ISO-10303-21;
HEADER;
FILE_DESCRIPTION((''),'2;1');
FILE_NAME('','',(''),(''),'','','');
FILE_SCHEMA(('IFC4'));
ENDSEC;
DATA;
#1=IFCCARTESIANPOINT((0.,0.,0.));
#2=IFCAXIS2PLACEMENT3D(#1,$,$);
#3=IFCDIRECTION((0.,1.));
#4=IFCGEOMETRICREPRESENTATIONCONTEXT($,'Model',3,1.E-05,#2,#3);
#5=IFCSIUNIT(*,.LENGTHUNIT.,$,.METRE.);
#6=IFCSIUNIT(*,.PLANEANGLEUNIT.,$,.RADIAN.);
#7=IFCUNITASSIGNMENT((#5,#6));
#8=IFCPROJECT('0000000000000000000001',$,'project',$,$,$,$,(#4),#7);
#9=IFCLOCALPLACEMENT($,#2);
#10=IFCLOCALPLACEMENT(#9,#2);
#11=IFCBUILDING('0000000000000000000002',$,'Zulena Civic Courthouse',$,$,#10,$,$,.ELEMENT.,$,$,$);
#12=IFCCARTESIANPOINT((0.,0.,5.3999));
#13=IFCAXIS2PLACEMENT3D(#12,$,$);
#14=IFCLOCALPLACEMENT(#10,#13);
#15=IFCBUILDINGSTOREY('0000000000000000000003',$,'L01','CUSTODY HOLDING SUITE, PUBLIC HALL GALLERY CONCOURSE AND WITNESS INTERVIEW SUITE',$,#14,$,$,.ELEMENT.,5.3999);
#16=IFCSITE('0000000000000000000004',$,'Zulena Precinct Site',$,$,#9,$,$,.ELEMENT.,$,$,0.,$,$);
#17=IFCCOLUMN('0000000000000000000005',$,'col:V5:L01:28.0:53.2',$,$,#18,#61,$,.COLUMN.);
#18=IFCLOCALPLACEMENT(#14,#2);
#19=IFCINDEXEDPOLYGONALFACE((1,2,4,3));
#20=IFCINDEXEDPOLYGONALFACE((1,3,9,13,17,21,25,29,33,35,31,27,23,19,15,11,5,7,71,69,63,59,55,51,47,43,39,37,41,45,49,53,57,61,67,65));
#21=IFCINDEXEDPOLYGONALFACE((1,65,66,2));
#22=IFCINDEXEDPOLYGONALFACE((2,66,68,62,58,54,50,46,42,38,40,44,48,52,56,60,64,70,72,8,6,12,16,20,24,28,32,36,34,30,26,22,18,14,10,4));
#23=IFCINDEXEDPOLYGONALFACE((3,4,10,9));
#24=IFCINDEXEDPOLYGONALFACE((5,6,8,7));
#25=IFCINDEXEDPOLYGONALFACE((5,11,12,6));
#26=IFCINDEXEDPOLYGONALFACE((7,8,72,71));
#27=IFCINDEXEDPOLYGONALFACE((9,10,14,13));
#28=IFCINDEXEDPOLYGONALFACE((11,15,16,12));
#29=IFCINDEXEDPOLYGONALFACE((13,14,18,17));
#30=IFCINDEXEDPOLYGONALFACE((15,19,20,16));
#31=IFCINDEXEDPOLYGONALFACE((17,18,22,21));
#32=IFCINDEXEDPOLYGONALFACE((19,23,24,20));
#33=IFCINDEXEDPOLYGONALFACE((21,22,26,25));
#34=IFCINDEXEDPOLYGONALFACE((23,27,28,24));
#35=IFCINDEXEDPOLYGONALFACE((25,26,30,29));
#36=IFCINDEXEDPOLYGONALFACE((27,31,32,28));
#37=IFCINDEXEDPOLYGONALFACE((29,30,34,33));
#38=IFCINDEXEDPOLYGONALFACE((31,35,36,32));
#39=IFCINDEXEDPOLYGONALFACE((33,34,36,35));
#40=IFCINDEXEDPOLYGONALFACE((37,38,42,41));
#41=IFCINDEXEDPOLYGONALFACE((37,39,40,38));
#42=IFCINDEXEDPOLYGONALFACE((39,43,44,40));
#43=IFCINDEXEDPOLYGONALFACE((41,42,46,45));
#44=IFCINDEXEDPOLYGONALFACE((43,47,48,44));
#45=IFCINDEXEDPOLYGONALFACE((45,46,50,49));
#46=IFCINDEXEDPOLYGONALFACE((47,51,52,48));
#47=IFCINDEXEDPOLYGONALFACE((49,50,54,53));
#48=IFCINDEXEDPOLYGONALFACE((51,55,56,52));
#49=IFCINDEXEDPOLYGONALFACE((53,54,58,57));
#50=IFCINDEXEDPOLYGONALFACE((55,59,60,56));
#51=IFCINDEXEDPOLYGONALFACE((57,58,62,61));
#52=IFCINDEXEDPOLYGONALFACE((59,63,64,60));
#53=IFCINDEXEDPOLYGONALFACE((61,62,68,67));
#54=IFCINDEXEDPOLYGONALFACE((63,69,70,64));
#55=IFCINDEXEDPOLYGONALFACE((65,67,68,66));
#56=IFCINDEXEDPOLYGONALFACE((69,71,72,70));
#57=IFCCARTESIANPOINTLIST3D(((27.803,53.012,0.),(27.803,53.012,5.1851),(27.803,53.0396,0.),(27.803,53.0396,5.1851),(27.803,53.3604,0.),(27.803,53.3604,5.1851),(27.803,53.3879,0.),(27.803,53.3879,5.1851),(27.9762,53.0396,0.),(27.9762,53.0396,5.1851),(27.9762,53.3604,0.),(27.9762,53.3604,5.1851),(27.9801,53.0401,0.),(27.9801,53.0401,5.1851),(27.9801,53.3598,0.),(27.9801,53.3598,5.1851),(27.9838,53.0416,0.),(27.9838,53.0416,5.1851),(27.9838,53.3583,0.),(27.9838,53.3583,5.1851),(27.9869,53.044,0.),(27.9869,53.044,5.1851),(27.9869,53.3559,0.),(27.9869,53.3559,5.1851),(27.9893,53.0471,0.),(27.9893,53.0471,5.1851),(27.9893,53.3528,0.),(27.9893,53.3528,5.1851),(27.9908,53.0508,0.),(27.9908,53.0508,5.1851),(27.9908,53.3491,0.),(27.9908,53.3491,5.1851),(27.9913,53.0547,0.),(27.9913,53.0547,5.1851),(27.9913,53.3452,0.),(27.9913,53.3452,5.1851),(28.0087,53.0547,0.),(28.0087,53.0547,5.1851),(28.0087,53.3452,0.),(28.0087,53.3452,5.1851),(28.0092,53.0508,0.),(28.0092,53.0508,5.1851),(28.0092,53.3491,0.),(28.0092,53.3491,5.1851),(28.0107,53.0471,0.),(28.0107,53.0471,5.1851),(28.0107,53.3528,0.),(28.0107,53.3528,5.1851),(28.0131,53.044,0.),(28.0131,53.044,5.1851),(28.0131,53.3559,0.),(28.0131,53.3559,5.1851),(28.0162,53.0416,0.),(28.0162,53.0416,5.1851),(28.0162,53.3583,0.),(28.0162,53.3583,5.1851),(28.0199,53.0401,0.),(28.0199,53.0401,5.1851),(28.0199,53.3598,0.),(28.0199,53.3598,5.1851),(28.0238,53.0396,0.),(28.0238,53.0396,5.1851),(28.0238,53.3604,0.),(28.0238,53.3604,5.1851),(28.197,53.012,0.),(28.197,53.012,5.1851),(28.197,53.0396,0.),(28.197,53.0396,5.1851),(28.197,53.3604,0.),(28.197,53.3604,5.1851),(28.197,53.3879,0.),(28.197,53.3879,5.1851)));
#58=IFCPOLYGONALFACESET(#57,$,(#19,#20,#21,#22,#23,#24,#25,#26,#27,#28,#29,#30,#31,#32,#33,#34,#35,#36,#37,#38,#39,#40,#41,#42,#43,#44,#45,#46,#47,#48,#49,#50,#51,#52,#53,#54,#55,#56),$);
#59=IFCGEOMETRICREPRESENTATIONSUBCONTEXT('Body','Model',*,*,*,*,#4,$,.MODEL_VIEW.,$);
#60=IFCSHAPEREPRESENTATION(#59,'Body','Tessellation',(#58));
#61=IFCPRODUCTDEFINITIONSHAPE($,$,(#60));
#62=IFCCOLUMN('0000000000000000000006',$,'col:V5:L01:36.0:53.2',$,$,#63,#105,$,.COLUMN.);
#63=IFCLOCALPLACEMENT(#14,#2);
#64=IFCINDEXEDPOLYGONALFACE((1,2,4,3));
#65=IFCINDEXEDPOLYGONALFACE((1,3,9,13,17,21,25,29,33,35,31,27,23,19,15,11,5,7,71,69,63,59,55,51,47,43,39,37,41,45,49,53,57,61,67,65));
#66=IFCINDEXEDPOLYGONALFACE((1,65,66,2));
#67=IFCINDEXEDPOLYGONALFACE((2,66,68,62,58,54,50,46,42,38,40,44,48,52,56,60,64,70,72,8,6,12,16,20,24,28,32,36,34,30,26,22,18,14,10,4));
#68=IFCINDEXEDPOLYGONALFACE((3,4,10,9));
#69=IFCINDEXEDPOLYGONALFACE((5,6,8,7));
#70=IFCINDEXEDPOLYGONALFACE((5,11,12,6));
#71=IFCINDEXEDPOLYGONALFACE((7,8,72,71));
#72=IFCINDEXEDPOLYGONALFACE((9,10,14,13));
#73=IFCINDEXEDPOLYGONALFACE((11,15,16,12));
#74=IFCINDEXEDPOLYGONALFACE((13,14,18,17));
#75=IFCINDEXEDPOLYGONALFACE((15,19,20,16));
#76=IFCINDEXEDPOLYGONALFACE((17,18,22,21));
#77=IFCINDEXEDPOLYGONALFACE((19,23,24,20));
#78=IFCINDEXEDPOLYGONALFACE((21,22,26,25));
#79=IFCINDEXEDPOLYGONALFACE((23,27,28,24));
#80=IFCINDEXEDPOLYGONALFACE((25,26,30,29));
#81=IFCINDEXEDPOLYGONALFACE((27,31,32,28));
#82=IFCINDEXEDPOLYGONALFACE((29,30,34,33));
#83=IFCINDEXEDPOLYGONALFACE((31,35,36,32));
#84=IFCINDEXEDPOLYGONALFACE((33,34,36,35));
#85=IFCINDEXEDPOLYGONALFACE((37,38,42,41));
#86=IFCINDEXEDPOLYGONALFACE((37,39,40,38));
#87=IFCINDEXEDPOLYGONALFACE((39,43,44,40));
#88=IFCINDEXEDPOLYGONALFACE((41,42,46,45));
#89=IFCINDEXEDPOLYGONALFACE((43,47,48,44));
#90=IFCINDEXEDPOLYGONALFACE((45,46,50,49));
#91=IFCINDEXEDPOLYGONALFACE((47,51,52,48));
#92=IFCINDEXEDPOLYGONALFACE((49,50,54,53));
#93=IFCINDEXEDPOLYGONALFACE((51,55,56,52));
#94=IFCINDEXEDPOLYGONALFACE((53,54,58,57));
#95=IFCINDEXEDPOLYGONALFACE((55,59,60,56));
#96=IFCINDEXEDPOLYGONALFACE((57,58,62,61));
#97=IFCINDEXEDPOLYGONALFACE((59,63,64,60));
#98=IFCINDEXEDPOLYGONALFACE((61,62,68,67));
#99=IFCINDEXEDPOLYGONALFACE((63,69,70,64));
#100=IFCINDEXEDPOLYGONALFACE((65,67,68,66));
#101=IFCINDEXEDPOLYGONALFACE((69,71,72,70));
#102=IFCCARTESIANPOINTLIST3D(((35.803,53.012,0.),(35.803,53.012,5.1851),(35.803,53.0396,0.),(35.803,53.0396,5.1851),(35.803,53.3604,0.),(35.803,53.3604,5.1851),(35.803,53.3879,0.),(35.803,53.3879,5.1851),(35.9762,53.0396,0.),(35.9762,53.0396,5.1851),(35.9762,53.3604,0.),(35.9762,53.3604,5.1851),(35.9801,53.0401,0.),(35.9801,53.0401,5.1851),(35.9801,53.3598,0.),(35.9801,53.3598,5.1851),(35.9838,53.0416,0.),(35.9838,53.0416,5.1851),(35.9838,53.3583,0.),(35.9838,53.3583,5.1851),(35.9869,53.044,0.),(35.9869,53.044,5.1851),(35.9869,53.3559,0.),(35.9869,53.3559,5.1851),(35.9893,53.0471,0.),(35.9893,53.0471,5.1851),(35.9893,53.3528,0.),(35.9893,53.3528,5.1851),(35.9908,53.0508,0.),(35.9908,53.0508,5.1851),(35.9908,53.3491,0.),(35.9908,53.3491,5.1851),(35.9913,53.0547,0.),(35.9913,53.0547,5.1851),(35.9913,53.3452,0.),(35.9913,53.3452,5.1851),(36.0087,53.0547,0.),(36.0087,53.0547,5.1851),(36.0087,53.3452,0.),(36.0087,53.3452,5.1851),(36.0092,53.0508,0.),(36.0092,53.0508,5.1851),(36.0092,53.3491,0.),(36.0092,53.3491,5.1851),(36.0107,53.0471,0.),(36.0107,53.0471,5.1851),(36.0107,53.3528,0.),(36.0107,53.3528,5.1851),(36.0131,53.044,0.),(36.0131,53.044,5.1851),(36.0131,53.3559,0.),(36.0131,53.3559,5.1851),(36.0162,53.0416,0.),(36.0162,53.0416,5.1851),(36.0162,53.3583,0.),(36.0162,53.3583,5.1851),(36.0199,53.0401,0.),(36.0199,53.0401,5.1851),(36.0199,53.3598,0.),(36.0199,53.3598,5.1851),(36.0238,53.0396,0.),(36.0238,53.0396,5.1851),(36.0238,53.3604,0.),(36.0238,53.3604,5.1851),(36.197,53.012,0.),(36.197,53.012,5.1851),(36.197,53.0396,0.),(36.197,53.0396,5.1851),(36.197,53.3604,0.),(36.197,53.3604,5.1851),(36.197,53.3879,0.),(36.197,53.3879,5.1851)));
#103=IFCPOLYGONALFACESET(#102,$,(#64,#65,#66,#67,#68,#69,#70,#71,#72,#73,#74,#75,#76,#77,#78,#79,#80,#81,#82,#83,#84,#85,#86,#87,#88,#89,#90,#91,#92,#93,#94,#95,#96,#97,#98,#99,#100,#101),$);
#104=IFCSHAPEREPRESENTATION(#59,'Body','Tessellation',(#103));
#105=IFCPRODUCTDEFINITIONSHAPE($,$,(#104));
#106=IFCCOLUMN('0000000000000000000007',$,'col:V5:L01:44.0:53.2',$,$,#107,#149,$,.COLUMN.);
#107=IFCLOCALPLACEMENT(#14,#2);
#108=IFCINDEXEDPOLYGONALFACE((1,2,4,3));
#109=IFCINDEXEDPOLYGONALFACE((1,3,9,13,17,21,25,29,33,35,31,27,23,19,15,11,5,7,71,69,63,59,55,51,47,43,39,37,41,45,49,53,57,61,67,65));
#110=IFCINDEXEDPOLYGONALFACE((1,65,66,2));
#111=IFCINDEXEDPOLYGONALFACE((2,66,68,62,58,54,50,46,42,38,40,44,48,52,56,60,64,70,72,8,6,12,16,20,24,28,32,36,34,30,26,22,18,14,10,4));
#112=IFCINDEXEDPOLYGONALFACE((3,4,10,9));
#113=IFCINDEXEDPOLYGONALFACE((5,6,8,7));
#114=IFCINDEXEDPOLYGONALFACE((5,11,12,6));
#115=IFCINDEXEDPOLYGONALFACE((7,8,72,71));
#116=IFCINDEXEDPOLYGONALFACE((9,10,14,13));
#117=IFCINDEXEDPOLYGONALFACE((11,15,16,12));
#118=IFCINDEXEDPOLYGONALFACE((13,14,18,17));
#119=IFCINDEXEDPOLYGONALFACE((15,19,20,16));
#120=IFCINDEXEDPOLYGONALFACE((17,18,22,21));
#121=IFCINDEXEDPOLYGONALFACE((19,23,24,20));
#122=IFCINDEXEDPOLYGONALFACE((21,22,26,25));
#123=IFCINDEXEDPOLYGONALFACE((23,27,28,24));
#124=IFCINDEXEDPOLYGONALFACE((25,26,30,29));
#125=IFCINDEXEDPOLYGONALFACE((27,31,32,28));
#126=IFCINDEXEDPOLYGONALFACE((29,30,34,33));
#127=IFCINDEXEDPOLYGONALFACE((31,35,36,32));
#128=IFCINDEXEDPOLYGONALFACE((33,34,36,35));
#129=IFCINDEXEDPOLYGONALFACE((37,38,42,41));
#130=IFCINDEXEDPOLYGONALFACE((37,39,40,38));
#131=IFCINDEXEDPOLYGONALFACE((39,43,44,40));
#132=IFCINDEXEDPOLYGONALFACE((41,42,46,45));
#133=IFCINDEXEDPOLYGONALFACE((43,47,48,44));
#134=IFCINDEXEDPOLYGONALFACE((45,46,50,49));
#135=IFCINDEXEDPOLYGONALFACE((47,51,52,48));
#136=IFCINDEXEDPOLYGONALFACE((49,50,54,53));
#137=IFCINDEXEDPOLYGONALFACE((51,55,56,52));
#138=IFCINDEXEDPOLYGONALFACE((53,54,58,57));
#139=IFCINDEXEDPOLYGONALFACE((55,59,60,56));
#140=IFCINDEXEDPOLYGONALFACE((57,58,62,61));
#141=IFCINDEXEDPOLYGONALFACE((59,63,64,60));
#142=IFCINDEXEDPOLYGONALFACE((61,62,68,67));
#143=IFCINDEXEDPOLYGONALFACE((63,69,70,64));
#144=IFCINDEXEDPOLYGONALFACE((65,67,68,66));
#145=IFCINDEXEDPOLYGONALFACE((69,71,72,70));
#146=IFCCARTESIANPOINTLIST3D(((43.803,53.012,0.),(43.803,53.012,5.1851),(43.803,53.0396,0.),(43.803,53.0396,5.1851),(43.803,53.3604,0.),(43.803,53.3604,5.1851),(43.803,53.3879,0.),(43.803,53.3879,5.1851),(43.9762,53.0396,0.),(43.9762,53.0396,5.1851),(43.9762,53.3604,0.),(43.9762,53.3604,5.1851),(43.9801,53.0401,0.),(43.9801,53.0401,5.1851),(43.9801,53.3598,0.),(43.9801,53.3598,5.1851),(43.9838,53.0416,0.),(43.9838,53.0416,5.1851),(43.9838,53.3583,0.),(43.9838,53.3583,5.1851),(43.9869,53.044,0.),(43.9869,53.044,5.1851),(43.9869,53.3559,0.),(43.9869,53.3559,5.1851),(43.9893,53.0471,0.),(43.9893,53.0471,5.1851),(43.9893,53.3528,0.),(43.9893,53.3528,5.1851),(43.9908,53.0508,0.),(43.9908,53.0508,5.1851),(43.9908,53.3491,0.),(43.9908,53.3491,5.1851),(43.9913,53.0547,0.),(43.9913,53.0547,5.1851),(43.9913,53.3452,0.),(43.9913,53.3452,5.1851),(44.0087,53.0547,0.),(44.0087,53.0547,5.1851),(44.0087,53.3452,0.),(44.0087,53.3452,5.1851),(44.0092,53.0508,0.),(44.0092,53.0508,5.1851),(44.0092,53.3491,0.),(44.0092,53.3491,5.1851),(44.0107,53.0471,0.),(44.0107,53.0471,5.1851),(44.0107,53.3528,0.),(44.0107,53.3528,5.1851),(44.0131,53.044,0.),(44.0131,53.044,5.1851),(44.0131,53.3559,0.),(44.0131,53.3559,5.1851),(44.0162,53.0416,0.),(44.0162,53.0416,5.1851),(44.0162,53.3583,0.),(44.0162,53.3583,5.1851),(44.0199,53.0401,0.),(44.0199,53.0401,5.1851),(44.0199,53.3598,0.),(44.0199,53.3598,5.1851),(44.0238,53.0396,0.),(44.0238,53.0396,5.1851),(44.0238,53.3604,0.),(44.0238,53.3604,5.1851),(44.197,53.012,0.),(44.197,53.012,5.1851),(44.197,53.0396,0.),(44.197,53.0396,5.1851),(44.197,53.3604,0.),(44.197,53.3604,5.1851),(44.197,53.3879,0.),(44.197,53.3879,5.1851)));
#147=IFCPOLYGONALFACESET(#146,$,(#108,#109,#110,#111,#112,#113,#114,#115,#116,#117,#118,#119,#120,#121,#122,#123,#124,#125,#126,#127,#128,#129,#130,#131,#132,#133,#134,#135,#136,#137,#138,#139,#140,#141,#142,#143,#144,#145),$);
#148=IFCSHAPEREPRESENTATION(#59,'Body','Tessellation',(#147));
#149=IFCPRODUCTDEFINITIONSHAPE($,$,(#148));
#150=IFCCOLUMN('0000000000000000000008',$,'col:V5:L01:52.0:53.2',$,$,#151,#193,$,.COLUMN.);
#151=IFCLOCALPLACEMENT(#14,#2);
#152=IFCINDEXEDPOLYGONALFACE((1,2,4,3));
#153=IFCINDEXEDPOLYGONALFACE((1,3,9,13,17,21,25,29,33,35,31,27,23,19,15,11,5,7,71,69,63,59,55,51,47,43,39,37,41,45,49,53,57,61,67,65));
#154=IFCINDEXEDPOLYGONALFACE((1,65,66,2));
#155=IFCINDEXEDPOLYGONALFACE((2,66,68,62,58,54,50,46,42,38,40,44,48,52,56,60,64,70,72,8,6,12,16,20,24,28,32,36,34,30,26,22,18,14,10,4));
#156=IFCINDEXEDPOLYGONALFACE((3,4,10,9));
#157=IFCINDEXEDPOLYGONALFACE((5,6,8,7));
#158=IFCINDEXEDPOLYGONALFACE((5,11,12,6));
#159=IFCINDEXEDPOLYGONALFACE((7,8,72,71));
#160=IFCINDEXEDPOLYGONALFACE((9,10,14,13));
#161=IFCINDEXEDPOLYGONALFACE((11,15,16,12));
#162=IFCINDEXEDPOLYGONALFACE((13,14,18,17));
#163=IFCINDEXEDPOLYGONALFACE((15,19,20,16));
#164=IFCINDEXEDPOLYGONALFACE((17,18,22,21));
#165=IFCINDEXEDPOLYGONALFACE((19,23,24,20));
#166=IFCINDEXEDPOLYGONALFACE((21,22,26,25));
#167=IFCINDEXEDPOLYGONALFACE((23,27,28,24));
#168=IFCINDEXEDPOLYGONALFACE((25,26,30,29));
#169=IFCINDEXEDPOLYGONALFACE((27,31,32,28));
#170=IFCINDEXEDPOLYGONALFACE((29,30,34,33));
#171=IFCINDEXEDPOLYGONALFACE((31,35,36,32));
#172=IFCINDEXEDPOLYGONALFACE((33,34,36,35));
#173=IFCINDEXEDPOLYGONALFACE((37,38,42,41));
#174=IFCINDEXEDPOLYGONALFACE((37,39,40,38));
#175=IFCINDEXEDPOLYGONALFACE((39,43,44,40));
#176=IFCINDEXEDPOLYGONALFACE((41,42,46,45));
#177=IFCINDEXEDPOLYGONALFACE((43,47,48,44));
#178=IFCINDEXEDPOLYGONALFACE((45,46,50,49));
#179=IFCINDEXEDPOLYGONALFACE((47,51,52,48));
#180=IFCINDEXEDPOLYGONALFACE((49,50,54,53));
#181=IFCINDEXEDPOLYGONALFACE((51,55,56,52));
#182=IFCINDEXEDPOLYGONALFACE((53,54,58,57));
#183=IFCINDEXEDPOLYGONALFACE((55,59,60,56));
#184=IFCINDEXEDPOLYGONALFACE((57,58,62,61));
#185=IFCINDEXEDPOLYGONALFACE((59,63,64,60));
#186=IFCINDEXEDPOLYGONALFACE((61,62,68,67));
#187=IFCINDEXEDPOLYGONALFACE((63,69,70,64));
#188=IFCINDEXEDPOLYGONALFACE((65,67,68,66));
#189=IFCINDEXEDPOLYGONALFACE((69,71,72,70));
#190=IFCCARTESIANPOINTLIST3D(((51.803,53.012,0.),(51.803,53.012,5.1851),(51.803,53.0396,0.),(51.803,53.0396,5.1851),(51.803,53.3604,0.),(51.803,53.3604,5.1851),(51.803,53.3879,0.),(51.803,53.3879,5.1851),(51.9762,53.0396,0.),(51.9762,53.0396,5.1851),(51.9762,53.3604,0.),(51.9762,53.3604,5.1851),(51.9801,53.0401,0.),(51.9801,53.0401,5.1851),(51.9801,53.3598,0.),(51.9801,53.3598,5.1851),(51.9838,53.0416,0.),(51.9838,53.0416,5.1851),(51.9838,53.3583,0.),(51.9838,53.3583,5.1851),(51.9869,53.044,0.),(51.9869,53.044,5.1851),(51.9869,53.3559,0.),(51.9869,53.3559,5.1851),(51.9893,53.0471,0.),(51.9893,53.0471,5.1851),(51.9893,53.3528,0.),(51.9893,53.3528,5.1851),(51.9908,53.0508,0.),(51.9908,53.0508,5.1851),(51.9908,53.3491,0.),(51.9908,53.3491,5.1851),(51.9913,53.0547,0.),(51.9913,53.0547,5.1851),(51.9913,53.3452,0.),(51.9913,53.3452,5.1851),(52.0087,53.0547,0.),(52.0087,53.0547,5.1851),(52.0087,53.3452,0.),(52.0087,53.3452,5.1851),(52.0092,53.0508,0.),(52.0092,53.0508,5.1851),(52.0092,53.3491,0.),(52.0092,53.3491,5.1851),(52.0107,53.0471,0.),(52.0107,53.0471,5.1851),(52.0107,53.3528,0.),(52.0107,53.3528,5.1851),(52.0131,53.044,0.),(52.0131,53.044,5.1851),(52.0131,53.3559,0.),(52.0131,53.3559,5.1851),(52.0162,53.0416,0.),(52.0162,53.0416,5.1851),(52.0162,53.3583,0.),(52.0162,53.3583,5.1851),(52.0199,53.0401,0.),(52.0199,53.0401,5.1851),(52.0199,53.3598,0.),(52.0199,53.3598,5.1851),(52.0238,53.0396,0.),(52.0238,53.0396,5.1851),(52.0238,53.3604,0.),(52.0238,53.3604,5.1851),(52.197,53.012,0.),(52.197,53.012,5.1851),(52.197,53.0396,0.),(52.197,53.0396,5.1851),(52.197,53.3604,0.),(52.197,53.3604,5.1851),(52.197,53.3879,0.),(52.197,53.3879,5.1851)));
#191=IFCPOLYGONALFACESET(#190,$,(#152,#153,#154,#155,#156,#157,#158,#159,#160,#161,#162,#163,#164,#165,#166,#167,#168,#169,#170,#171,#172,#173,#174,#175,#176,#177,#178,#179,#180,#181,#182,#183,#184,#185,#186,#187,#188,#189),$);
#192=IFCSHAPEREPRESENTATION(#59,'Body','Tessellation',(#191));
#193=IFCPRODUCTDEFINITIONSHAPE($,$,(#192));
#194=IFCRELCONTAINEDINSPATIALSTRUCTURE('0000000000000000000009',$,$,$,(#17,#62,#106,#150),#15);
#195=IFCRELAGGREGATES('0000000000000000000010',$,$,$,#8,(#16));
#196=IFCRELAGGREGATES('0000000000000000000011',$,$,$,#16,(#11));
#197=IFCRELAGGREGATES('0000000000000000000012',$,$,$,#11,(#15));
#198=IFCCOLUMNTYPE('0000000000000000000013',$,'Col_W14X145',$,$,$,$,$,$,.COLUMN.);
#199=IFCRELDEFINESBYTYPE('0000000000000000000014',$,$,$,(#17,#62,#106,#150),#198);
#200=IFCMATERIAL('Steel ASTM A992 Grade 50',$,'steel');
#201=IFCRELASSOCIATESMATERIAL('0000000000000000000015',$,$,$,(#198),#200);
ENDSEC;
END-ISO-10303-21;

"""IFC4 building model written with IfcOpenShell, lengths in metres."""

from ifc_helpers import new_model, si_unit, direction, frame, origin, origin_2d, place, context, subcontext, project, spatial, i_section, extrude, material, material_profile, profile_set, type_object, element, save


model = new_model("IFC4")

# Units and contexts
model_context = context("Model", 3, precision=1e-05, world=origin(), true_north=direction((0.0, 1.0)))
body_context = subcontext(model_context, "Body", "Model", "MODEL_VIEW")
ifc_project = project(units=[si_unit("LENGTHUNIT", "METRE"), si_unit("PLANEANGLEUNIT", "RADIAN")], contexts=[model_context])

# Site, building, storey
site_placement = place(None, origin())
site = spatial("IfcSite", under=ifc_project, at=site_placement, Name="Zulena Precinct Site", CompositionType="ELEMENT", RefElevation=0.0)
building_placement = place(site_placement, origin())
building = spatial("IfcBuilding", under=site, at=building_placement, Name="Zulena Civic Courthouse", CompositionType="ELEMENT")
storey_placement = place(building_placement, frame((0.0, 0.0, 5.3999)))
storey = spatial("IfcBuildingStorey", under=building, at=storey_placement, Name="L01", Description="CUSTODY HOLDING SUITE, PUBLIC HALL GALLERY CONCOURSE AND WITNESS INTERVIEW SUITE", CompositionType="ELEMENT", Elevation=5.3999)

# Columns
ifc_material_1 = material(Name="Steel ASTM A992 Grade 50", Category="steel")
ifc_material_profile_1 = material_profile(ifc_material_1, i_section(OverallWidth=0.394, OverallDepth=0.376, WebThickness=0.0173, FlangeThickness=0.0276, FilletRadius=0.0151, at=origin_2d()), Name="W14X145")
ifc_profile_set_1 = profile_set([ifc_material_profile_1], Name="Steel ASTM A992 Grade 50")
column_type = type_object("IfcColumnType", Name="Col_W14X145", PredefinedType="COLUMN", material=ifc_profile_set_1)
for number, where, z_axis, x_axis, name in (
    (1, (28.0, 53.2, 0.0), (0.0, 0.0, 1.0), (1.0, 0.0, 0.0), "col:V5:L01:28.0:53.2"),
    (2, (36.0, 53.2, 0.0), (0.0, 0.0, 1.0), (1.0, 0.0, 0.0), "col:V5:L01:36.0:53.2"),
    (3, (44.0, 53.2, 0.0), (0.0, 0.0, 1.0), (1.0, 0.0, 0.0), "col:V5:L01:44.0:53.2"),
    (4, (52.0, 53.2, 0.0), (0.0, 0.0, 1.0), (1.0, 0.0, 0.0), "col:V5:L01:52.0:53.2"),
):
    element("IfcColumn", number, at=place(storey_placement, frame(where, z_axis=z_axis, x_axis=x_axis)), inside=storey, type_object=column_type, Name=name, PredefinedType="COLUMN", context=body_context, shape_type="SweptSolid", body=[
        extrude(i_section(OverallWidth=0.394, OverallDepth=0.376, WebThickness=0.0173, FlangeThickness=0.0276, FilletRadius=0.0151, at=origin_2d()), origin(), (0.0, 0.0, 1.0), 5.1851),
    ])

save(model, "model.ifc")
